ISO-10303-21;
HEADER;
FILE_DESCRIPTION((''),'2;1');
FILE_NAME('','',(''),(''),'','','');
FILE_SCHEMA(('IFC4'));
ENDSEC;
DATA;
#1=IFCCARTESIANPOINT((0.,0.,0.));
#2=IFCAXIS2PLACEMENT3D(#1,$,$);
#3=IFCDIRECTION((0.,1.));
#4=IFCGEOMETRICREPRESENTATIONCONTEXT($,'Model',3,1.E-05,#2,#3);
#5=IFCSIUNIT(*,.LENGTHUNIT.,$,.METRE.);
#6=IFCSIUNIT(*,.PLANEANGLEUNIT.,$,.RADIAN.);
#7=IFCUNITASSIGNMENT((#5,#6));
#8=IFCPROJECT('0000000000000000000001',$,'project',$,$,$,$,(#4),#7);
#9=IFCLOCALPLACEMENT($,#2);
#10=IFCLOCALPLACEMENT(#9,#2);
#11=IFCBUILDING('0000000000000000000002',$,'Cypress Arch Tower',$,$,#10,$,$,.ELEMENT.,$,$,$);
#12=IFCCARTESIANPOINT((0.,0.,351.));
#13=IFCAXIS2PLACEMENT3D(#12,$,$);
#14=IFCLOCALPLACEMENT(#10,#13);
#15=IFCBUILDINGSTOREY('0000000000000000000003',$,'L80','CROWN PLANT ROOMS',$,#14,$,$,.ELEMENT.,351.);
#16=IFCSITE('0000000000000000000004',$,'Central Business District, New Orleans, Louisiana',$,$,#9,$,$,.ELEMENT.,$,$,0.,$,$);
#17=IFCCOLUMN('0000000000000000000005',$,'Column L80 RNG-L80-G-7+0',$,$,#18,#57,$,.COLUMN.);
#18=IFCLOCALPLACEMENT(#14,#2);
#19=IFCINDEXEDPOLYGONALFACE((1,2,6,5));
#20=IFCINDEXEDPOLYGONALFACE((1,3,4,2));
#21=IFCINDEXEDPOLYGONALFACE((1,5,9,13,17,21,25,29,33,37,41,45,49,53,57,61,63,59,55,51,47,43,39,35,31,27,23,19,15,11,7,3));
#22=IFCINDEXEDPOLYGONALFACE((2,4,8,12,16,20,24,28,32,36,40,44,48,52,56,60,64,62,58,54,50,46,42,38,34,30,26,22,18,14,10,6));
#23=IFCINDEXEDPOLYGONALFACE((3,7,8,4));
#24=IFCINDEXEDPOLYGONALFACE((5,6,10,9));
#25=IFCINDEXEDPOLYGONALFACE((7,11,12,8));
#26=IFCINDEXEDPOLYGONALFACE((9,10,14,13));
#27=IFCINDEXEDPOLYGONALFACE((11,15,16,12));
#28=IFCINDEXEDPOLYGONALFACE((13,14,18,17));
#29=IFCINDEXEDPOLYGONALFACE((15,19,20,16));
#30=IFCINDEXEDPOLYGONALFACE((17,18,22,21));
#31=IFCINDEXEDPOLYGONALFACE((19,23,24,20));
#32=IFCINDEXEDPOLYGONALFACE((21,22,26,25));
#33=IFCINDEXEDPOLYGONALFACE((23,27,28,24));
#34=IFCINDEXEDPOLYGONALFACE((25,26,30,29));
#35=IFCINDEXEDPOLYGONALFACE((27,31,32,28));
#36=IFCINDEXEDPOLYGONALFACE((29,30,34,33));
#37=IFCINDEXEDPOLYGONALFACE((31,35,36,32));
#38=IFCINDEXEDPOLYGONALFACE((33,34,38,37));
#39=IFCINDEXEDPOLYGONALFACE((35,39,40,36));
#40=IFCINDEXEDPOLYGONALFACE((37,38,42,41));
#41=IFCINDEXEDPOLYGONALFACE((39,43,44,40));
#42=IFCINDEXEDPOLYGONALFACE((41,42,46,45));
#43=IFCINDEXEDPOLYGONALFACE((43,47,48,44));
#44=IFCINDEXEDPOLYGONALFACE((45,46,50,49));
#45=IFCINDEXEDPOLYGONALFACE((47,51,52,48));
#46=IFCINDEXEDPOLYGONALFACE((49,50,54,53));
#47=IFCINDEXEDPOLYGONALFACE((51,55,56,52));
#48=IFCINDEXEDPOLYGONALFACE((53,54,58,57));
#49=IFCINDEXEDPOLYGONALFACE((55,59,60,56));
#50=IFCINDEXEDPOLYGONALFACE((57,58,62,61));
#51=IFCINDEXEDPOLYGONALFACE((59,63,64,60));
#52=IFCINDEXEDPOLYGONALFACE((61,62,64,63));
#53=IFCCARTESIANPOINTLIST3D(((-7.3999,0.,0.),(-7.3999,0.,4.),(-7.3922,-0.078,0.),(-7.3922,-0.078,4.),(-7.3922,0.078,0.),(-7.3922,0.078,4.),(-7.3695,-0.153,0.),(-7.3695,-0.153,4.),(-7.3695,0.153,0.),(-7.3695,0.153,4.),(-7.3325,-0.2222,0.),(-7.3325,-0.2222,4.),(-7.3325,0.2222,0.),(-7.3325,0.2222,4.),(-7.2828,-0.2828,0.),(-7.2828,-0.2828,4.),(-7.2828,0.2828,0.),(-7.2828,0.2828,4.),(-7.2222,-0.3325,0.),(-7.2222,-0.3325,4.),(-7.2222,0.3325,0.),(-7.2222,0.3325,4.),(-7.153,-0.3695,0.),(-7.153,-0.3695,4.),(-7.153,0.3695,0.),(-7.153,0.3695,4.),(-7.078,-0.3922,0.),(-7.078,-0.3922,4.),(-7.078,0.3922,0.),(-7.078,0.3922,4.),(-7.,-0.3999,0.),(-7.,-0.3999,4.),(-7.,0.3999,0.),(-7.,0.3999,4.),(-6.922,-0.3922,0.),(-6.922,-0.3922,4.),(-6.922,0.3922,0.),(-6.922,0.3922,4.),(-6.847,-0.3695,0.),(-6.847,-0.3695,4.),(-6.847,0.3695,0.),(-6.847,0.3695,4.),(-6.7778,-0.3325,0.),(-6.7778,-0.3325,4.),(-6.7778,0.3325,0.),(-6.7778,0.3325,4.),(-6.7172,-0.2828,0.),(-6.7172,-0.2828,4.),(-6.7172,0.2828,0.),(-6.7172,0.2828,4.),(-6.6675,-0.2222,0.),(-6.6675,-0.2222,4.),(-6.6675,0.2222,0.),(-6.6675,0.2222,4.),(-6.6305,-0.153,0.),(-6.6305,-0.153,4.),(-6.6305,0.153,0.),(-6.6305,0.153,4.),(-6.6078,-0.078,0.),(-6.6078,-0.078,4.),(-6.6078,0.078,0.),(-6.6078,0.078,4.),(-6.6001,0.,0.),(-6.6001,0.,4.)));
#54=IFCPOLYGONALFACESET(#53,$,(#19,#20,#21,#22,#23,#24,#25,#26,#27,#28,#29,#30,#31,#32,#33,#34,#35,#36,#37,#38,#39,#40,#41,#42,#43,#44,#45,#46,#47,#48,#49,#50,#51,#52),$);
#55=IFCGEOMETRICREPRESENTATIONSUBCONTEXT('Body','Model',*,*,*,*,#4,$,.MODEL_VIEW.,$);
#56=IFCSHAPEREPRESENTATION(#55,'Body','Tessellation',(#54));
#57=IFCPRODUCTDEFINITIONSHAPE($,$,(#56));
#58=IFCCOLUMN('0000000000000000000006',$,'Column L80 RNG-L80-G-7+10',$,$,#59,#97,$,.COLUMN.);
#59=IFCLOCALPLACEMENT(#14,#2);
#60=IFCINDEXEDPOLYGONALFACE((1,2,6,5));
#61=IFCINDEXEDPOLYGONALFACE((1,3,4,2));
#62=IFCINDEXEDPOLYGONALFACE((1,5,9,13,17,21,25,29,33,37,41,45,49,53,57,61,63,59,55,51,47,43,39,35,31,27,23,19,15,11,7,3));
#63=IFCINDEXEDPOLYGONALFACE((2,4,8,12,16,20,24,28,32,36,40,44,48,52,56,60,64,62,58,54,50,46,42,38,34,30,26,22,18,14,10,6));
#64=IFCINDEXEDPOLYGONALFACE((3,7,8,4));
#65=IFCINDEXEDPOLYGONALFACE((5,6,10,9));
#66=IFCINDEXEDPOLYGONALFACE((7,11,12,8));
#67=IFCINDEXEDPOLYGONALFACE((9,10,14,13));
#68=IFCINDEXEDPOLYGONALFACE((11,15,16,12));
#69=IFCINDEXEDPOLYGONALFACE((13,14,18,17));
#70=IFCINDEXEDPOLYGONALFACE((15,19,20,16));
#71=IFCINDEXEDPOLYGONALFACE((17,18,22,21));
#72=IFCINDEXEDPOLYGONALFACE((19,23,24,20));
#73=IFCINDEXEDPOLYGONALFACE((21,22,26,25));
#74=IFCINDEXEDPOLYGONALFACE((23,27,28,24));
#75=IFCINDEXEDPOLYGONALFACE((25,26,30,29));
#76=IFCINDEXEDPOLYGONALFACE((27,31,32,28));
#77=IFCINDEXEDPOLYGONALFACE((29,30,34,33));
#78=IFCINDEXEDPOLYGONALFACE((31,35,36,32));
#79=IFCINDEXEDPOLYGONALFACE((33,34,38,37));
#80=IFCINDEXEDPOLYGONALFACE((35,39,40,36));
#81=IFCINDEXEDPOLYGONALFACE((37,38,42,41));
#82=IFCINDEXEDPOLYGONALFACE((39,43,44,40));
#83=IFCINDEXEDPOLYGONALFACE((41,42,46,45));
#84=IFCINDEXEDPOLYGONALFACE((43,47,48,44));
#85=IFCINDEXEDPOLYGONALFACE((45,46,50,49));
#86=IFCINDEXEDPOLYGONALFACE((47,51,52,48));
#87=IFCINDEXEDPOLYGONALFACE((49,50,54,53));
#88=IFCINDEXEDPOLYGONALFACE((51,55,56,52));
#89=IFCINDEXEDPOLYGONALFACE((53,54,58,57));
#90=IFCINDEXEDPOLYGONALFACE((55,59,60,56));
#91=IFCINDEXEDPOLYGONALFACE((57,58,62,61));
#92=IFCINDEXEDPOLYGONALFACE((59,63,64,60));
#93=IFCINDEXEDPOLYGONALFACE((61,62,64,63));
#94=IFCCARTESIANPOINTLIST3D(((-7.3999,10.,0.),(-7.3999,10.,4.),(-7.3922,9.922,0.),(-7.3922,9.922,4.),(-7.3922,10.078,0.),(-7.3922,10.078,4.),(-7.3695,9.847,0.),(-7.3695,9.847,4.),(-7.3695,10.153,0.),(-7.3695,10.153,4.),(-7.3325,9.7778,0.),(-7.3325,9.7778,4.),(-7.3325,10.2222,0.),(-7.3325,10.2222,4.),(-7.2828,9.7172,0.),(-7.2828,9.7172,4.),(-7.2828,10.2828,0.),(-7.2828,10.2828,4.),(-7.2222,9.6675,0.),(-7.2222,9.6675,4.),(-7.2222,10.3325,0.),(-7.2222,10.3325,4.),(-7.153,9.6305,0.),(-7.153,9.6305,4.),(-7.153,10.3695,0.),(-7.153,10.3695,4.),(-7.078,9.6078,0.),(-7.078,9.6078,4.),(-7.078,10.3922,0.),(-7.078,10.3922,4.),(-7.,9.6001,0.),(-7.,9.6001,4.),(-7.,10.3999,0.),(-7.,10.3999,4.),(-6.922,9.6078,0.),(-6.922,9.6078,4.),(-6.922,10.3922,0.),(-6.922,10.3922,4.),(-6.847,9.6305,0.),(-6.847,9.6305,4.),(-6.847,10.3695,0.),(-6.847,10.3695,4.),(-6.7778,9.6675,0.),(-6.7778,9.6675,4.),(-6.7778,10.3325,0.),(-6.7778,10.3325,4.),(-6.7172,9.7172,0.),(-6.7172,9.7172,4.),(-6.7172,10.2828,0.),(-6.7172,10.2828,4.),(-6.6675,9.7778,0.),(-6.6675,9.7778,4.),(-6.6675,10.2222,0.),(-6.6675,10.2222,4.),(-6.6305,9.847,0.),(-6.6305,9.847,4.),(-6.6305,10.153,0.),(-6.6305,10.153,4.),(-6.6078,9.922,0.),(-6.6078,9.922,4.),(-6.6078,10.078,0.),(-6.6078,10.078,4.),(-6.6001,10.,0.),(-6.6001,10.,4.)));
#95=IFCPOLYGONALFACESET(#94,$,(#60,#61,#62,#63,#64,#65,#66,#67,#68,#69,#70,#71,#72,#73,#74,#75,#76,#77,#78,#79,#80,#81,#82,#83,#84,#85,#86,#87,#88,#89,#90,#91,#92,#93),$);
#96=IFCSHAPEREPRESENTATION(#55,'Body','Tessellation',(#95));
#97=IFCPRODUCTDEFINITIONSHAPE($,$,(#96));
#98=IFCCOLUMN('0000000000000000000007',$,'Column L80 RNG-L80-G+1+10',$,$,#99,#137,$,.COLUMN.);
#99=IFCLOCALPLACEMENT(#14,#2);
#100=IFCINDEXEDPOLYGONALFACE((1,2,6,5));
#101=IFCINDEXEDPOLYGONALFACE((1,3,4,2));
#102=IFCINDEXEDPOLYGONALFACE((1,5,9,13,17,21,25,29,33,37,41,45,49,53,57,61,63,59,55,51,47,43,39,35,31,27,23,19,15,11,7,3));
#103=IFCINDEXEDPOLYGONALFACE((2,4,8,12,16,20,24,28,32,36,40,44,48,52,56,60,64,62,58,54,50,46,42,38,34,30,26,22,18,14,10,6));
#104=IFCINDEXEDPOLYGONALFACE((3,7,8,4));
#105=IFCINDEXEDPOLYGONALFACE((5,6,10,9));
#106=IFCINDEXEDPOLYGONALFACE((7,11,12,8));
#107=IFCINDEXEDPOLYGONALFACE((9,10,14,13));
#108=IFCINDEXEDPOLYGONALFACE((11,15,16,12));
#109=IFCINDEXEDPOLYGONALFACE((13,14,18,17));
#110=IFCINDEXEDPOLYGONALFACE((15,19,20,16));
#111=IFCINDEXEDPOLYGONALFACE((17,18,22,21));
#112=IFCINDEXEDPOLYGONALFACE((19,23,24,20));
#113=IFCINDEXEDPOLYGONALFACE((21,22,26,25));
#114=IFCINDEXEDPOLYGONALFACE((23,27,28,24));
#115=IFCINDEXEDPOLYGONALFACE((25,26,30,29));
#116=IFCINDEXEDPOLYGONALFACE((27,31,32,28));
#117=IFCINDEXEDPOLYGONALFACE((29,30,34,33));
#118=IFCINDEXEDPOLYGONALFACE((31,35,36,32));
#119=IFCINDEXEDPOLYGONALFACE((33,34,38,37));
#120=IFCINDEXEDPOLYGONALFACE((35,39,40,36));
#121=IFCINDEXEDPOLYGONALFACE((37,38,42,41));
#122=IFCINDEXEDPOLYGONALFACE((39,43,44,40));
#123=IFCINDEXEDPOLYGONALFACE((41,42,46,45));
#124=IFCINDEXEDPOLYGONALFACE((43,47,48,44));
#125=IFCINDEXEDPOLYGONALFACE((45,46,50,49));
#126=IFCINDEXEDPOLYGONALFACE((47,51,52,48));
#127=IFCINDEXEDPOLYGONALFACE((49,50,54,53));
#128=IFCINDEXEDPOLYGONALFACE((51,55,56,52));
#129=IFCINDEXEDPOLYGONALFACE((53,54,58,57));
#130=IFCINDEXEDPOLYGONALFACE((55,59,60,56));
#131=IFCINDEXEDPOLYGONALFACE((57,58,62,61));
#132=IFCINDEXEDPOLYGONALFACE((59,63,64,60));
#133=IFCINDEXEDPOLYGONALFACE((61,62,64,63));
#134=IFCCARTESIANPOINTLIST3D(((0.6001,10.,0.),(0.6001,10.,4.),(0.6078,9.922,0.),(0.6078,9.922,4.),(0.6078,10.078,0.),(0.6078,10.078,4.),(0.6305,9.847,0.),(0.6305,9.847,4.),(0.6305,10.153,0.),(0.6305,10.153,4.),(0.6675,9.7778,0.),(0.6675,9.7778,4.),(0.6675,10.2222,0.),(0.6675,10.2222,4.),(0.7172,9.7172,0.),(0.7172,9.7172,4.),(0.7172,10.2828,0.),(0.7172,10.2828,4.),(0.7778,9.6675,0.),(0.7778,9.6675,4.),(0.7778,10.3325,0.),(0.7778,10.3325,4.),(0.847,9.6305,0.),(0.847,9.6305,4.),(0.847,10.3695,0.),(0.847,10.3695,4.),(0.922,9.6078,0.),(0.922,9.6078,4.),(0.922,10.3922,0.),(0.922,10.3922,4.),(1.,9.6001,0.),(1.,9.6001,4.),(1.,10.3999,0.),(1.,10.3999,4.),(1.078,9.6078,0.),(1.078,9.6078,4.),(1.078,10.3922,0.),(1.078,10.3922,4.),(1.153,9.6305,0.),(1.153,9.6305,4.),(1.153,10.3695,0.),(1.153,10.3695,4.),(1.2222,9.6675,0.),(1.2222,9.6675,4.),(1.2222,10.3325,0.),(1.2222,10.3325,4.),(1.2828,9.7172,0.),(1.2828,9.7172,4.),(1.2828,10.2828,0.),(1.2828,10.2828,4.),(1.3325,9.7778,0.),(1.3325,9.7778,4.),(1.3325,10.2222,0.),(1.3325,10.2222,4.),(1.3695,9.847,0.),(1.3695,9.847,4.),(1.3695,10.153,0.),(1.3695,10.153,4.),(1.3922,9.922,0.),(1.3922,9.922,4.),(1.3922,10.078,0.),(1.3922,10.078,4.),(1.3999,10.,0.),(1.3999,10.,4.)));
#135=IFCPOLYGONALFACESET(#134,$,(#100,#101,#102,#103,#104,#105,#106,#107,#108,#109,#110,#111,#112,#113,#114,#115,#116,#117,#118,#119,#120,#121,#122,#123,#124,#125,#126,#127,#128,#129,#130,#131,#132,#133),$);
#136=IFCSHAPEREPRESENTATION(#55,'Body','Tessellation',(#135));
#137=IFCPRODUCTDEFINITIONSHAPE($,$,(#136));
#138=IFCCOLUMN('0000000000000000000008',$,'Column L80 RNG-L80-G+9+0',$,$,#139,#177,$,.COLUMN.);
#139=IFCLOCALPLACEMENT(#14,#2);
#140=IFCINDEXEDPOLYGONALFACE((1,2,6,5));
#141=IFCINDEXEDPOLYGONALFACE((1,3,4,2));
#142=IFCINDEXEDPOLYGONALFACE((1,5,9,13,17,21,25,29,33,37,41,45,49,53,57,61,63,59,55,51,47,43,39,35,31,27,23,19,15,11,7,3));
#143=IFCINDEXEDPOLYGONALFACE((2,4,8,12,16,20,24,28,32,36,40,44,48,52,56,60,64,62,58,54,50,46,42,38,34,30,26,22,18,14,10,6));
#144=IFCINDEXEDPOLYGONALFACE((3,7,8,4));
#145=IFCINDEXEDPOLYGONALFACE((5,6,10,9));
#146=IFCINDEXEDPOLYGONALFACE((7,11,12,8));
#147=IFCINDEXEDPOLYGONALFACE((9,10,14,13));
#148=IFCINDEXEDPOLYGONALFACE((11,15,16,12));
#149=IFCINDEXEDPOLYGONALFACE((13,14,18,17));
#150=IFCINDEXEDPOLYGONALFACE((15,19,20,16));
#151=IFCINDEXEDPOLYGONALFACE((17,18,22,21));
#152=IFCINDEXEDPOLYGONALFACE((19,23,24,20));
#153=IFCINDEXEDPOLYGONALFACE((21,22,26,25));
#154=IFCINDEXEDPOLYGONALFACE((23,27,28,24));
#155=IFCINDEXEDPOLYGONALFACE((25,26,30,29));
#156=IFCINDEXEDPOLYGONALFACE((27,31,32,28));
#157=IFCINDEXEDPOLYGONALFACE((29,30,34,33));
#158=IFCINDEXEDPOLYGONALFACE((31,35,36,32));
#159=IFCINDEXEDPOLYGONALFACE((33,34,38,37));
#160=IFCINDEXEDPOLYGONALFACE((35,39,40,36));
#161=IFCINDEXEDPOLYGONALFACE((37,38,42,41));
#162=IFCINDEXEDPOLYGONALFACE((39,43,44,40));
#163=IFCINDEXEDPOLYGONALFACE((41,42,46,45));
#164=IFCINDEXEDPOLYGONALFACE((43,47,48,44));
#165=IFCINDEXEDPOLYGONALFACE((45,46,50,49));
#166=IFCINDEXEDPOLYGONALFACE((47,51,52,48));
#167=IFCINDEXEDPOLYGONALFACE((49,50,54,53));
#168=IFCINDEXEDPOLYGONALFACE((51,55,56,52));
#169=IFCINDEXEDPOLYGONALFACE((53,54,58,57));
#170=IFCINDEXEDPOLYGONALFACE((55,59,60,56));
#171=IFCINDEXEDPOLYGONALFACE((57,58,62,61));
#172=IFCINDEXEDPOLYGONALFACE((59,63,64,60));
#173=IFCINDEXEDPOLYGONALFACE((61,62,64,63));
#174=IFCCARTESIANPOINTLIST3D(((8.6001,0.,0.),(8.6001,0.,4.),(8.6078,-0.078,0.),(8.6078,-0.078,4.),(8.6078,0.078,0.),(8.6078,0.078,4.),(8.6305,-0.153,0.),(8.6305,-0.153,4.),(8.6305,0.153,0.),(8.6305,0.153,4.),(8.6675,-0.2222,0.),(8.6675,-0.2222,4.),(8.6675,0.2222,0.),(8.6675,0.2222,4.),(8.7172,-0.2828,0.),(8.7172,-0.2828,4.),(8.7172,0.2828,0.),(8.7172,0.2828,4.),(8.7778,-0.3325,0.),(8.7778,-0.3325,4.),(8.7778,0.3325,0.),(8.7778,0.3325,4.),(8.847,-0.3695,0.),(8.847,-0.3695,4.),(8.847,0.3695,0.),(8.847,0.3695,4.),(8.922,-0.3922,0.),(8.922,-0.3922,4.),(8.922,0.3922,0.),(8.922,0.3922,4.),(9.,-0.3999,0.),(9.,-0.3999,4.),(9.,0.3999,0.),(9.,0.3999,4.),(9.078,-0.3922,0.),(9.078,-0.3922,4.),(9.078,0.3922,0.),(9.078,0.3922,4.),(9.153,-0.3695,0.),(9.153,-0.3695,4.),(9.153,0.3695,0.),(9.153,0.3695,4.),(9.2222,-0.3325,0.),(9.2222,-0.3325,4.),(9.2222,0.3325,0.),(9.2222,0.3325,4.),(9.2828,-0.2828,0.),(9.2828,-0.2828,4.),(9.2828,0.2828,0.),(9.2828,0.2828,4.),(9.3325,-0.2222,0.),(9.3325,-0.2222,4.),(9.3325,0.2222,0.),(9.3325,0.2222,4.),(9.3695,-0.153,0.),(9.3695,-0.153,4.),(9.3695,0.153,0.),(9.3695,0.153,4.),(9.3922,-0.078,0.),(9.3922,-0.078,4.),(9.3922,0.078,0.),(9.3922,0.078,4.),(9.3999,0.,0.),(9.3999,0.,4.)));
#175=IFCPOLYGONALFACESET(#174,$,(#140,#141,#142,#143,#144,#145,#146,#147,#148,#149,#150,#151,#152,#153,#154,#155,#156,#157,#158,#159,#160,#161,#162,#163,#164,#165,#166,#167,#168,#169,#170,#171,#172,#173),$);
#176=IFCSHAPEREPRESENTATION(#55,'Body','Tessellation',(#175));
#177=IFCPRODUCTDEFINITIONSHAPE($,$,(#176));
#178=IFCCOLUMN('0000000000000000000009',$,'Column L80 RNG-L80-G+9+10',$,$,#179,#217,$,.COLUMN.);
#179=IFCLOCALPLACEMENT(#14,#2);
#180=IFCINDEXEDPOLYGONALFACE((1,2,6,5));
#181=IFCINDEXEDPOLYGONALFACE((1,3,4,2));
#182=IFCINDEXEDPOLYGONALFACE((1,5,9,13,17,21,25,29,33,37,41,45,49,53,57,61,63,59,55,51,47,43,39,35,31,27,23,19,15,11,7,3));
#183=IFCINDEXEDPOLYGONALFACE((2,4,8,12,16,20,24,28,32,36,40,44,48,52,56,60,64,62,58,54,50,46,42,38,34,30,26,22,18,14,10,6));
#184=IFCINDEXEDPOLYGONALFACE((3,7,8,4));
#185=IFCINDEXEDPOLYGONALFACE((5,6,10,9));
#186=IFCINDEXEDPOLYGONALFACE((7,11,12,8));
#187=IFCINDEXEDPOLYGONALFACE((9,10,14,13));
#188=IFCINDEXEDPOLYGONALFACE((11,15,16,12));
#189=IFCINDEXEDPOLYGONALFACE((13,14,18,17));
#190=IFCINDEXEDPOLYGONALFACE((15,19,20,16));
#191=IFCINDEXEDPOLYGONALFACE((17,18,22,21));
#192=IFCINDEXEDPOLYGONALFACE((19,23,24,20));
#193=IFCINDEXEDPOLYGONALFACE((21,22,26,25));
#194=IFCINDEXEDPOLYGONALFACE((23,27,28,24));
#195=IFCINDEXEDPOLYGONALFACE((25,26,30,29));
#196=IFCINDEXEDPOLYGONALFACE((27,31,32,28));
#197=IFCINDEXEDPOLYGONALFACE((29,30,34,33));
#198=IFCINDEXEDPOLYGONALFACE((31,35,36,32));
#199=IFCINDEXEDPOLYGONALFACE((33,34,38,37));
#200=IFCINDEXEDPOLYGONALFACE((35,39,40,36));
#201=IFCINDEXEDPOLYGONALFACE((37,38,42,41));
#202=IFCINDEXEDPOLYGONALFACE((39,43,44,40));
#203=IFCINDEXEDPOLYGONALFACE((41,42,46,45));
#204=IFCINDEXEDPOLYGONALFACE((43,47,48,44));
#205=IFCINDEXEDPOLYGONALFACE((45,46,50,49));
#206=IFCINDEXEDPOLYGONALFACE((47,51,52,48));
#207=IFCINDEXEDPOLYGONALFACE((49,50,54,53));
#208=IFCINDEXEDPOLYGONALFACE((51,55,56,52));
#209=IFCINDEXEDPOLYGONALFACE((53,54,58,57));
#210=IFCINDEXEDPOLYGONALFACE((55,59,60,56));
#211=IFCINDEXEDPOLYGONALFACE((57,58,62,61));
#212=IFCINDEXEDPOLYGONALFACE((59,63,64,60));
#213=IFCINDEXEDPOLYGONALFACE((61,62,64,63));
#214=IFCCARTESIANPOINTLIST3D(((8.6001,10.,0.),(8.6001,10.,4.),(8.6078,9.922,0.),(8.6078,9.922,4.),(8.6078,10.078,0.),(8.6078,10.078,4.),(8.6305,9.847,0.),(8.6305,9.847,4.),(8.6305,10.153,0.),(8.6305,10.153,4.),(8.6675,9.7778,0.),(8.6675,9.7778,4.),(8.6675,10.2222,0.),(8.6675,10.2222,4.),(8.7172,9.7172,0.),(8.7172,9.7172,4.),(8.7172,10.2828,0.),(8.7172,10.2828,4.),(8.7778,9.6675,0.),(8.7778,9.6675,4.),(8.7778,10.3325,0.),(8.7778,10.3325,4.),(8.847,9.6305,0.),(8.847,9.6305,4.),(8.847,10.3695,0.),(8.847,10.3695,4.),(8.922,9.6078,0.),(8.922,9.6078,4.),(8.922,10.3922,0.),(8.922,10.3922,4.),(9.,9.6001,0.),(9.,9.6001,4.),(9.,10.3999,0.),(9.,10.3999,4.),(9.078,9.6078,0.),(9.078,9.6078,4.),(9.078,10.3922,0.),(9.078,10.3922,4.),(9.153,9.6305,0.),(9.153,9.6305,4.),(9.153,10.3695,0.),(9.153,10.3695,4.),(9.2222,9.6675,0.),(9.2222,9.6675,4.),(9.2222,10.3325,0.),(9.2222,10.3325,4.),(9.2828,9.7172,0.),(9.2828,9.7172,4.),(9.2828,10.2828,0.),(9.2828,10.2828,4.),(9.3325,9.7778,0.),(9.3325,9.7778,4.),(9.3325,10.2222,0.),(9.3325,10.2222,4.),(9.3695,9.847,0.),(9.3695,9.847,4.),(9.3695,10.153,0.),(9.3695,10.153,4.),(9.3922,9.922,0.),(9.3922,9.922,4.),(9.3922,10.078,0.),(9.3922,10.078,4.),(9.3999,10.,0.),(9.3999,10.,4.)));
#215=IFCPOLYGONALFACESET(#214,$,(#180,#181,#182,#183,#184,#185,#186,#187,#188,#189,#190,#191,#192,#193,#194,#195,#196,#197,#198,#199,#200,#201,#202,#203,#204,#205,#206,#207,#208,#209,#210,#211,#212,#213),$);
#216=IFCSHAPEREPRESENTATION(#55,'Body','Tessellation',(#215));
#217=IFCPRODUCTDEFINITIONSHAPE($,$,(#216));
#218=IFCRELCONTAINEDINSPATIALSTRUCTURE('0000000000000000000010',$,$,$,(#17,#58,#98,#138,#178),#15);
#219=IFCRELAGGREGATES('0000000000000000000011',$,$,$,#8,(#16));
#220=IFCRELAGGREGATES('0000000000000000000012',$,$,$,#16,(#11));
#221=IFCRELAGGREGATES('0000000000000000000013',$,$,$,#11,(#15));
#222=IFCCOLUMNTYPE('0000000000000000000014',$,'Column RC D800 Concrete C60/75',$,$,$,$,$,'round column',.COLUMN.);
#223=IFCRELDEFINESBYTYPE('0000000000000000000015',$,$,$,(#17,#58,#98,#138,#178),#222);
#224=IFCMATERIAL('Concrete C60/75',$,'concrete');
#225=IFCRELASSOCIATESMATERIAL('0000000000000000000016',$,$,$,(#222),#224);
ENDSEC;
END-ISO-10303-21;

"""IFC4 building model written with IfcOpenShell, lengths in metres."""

from ifc_helpers import new_model, si_unit, direction, frame, origin, origin_2d, place, context, subcontext, project, spatial, circle, extrude, material, material_profile, profile_set, type_object, element, save


model = new_model("IFC4")

# Units and contexts
model_context = context("Model", 3, precision=1e-05, world=origin(), true_north=direction((0.0, 1.0)))
body_context = subcontext(model_context, "Body", "Model", "MODEL_VIEW")
ifc_project = project(units=[si_unit("LENGTHUNIT", "METRE"), si_unit("PLANEANGLEUNIT", "RADIAN")], contexts=[model_context])

# Site, building, storey
site_placement = place(None, origin())
site = spatial("IfcSite", under=ifc_project, at=site_placement, Name="Central Business District, New Orleans, Louisiana", CompositionType="ELEMENT", RefElevation=0.0)
building_placement = place(site_placement, origin())
building = spatial("IfcBuilding", under=site, at=building_placement, Name="Cypress Arch Tower", CompositionType="ELEMENT")
storey_placement = place(building_placement, frame((0.0, 0.0, 351.0)))
storey = spatial("IfcBuildingStorey", under=building, at=storey_placement, Name="L80", Description="CROWN PLANT ROOMS", CompositionType="ELEMENT", Elevation=351.0)

# Columns
ifc_material_1 = material(Name="Concrete C60/75", Category="concrete")
ifc_material_profile = material_profile(ifc_material_1, circle(Radius=0.3999, at=origin_2d()), Name="RC D800")
ifc_profile_set = profile_set([ifc_material_profile], Name="Concrete C60/75")
column_type = type_object("IfcColumnType", Name="Column RC D800 Concrete C60/75", ElementType="round column", PredefinedType="COLUMN", material=ifc_profile_set)
for number, where, z_axis, x_axis, name in (
    (1, (-7.0, 0.0, 0.0), (0.0, 0.0, 1.0), (1.0, 0.0, 0.0), "Column L80 RNG-L80-G-7+0"),
    (2, (-7.0, 10.0, 0.0), (0.0, 0.0, 1.0), (1.0, 0.0, 0.0), "Column L80 RNG-L80-G-7+10"),
    (3, (1.0, 10.0, 0.0), (0.0, 0.0, 1.0), (1.0, 0.0, 0.0), "Column L80 RNG-L80-G+1+10"),
    (4, (9.0, 0.0, 0.0), (0.0, 0.0, 1.0), (1.0, 0.0, 0.0), "Column L80 RNG-L80-G+9+0"),
    (5, (9.0, 10.0, 0.0), (0.0, 0.0, 1.0), (1.0, 0.0, 0.0), "Column L80 RNG-L80-G+9+10"),
):
    element("IfcColumn", number, at=place(storey_placement, frame(where, z_axis=z_axis, x_axis=x_axis)), inside=storey, type_object=column_type, Name=name, PredefinedType="COLUMN", context=body_context, shape_type="SweptSolid", body=[
        extrude(circle(Radius=0.3999, at=origin_2d()), origin(), (0.0, 0.0, 1.0), 4.0),
    ])

save(model, "model.ifc")
